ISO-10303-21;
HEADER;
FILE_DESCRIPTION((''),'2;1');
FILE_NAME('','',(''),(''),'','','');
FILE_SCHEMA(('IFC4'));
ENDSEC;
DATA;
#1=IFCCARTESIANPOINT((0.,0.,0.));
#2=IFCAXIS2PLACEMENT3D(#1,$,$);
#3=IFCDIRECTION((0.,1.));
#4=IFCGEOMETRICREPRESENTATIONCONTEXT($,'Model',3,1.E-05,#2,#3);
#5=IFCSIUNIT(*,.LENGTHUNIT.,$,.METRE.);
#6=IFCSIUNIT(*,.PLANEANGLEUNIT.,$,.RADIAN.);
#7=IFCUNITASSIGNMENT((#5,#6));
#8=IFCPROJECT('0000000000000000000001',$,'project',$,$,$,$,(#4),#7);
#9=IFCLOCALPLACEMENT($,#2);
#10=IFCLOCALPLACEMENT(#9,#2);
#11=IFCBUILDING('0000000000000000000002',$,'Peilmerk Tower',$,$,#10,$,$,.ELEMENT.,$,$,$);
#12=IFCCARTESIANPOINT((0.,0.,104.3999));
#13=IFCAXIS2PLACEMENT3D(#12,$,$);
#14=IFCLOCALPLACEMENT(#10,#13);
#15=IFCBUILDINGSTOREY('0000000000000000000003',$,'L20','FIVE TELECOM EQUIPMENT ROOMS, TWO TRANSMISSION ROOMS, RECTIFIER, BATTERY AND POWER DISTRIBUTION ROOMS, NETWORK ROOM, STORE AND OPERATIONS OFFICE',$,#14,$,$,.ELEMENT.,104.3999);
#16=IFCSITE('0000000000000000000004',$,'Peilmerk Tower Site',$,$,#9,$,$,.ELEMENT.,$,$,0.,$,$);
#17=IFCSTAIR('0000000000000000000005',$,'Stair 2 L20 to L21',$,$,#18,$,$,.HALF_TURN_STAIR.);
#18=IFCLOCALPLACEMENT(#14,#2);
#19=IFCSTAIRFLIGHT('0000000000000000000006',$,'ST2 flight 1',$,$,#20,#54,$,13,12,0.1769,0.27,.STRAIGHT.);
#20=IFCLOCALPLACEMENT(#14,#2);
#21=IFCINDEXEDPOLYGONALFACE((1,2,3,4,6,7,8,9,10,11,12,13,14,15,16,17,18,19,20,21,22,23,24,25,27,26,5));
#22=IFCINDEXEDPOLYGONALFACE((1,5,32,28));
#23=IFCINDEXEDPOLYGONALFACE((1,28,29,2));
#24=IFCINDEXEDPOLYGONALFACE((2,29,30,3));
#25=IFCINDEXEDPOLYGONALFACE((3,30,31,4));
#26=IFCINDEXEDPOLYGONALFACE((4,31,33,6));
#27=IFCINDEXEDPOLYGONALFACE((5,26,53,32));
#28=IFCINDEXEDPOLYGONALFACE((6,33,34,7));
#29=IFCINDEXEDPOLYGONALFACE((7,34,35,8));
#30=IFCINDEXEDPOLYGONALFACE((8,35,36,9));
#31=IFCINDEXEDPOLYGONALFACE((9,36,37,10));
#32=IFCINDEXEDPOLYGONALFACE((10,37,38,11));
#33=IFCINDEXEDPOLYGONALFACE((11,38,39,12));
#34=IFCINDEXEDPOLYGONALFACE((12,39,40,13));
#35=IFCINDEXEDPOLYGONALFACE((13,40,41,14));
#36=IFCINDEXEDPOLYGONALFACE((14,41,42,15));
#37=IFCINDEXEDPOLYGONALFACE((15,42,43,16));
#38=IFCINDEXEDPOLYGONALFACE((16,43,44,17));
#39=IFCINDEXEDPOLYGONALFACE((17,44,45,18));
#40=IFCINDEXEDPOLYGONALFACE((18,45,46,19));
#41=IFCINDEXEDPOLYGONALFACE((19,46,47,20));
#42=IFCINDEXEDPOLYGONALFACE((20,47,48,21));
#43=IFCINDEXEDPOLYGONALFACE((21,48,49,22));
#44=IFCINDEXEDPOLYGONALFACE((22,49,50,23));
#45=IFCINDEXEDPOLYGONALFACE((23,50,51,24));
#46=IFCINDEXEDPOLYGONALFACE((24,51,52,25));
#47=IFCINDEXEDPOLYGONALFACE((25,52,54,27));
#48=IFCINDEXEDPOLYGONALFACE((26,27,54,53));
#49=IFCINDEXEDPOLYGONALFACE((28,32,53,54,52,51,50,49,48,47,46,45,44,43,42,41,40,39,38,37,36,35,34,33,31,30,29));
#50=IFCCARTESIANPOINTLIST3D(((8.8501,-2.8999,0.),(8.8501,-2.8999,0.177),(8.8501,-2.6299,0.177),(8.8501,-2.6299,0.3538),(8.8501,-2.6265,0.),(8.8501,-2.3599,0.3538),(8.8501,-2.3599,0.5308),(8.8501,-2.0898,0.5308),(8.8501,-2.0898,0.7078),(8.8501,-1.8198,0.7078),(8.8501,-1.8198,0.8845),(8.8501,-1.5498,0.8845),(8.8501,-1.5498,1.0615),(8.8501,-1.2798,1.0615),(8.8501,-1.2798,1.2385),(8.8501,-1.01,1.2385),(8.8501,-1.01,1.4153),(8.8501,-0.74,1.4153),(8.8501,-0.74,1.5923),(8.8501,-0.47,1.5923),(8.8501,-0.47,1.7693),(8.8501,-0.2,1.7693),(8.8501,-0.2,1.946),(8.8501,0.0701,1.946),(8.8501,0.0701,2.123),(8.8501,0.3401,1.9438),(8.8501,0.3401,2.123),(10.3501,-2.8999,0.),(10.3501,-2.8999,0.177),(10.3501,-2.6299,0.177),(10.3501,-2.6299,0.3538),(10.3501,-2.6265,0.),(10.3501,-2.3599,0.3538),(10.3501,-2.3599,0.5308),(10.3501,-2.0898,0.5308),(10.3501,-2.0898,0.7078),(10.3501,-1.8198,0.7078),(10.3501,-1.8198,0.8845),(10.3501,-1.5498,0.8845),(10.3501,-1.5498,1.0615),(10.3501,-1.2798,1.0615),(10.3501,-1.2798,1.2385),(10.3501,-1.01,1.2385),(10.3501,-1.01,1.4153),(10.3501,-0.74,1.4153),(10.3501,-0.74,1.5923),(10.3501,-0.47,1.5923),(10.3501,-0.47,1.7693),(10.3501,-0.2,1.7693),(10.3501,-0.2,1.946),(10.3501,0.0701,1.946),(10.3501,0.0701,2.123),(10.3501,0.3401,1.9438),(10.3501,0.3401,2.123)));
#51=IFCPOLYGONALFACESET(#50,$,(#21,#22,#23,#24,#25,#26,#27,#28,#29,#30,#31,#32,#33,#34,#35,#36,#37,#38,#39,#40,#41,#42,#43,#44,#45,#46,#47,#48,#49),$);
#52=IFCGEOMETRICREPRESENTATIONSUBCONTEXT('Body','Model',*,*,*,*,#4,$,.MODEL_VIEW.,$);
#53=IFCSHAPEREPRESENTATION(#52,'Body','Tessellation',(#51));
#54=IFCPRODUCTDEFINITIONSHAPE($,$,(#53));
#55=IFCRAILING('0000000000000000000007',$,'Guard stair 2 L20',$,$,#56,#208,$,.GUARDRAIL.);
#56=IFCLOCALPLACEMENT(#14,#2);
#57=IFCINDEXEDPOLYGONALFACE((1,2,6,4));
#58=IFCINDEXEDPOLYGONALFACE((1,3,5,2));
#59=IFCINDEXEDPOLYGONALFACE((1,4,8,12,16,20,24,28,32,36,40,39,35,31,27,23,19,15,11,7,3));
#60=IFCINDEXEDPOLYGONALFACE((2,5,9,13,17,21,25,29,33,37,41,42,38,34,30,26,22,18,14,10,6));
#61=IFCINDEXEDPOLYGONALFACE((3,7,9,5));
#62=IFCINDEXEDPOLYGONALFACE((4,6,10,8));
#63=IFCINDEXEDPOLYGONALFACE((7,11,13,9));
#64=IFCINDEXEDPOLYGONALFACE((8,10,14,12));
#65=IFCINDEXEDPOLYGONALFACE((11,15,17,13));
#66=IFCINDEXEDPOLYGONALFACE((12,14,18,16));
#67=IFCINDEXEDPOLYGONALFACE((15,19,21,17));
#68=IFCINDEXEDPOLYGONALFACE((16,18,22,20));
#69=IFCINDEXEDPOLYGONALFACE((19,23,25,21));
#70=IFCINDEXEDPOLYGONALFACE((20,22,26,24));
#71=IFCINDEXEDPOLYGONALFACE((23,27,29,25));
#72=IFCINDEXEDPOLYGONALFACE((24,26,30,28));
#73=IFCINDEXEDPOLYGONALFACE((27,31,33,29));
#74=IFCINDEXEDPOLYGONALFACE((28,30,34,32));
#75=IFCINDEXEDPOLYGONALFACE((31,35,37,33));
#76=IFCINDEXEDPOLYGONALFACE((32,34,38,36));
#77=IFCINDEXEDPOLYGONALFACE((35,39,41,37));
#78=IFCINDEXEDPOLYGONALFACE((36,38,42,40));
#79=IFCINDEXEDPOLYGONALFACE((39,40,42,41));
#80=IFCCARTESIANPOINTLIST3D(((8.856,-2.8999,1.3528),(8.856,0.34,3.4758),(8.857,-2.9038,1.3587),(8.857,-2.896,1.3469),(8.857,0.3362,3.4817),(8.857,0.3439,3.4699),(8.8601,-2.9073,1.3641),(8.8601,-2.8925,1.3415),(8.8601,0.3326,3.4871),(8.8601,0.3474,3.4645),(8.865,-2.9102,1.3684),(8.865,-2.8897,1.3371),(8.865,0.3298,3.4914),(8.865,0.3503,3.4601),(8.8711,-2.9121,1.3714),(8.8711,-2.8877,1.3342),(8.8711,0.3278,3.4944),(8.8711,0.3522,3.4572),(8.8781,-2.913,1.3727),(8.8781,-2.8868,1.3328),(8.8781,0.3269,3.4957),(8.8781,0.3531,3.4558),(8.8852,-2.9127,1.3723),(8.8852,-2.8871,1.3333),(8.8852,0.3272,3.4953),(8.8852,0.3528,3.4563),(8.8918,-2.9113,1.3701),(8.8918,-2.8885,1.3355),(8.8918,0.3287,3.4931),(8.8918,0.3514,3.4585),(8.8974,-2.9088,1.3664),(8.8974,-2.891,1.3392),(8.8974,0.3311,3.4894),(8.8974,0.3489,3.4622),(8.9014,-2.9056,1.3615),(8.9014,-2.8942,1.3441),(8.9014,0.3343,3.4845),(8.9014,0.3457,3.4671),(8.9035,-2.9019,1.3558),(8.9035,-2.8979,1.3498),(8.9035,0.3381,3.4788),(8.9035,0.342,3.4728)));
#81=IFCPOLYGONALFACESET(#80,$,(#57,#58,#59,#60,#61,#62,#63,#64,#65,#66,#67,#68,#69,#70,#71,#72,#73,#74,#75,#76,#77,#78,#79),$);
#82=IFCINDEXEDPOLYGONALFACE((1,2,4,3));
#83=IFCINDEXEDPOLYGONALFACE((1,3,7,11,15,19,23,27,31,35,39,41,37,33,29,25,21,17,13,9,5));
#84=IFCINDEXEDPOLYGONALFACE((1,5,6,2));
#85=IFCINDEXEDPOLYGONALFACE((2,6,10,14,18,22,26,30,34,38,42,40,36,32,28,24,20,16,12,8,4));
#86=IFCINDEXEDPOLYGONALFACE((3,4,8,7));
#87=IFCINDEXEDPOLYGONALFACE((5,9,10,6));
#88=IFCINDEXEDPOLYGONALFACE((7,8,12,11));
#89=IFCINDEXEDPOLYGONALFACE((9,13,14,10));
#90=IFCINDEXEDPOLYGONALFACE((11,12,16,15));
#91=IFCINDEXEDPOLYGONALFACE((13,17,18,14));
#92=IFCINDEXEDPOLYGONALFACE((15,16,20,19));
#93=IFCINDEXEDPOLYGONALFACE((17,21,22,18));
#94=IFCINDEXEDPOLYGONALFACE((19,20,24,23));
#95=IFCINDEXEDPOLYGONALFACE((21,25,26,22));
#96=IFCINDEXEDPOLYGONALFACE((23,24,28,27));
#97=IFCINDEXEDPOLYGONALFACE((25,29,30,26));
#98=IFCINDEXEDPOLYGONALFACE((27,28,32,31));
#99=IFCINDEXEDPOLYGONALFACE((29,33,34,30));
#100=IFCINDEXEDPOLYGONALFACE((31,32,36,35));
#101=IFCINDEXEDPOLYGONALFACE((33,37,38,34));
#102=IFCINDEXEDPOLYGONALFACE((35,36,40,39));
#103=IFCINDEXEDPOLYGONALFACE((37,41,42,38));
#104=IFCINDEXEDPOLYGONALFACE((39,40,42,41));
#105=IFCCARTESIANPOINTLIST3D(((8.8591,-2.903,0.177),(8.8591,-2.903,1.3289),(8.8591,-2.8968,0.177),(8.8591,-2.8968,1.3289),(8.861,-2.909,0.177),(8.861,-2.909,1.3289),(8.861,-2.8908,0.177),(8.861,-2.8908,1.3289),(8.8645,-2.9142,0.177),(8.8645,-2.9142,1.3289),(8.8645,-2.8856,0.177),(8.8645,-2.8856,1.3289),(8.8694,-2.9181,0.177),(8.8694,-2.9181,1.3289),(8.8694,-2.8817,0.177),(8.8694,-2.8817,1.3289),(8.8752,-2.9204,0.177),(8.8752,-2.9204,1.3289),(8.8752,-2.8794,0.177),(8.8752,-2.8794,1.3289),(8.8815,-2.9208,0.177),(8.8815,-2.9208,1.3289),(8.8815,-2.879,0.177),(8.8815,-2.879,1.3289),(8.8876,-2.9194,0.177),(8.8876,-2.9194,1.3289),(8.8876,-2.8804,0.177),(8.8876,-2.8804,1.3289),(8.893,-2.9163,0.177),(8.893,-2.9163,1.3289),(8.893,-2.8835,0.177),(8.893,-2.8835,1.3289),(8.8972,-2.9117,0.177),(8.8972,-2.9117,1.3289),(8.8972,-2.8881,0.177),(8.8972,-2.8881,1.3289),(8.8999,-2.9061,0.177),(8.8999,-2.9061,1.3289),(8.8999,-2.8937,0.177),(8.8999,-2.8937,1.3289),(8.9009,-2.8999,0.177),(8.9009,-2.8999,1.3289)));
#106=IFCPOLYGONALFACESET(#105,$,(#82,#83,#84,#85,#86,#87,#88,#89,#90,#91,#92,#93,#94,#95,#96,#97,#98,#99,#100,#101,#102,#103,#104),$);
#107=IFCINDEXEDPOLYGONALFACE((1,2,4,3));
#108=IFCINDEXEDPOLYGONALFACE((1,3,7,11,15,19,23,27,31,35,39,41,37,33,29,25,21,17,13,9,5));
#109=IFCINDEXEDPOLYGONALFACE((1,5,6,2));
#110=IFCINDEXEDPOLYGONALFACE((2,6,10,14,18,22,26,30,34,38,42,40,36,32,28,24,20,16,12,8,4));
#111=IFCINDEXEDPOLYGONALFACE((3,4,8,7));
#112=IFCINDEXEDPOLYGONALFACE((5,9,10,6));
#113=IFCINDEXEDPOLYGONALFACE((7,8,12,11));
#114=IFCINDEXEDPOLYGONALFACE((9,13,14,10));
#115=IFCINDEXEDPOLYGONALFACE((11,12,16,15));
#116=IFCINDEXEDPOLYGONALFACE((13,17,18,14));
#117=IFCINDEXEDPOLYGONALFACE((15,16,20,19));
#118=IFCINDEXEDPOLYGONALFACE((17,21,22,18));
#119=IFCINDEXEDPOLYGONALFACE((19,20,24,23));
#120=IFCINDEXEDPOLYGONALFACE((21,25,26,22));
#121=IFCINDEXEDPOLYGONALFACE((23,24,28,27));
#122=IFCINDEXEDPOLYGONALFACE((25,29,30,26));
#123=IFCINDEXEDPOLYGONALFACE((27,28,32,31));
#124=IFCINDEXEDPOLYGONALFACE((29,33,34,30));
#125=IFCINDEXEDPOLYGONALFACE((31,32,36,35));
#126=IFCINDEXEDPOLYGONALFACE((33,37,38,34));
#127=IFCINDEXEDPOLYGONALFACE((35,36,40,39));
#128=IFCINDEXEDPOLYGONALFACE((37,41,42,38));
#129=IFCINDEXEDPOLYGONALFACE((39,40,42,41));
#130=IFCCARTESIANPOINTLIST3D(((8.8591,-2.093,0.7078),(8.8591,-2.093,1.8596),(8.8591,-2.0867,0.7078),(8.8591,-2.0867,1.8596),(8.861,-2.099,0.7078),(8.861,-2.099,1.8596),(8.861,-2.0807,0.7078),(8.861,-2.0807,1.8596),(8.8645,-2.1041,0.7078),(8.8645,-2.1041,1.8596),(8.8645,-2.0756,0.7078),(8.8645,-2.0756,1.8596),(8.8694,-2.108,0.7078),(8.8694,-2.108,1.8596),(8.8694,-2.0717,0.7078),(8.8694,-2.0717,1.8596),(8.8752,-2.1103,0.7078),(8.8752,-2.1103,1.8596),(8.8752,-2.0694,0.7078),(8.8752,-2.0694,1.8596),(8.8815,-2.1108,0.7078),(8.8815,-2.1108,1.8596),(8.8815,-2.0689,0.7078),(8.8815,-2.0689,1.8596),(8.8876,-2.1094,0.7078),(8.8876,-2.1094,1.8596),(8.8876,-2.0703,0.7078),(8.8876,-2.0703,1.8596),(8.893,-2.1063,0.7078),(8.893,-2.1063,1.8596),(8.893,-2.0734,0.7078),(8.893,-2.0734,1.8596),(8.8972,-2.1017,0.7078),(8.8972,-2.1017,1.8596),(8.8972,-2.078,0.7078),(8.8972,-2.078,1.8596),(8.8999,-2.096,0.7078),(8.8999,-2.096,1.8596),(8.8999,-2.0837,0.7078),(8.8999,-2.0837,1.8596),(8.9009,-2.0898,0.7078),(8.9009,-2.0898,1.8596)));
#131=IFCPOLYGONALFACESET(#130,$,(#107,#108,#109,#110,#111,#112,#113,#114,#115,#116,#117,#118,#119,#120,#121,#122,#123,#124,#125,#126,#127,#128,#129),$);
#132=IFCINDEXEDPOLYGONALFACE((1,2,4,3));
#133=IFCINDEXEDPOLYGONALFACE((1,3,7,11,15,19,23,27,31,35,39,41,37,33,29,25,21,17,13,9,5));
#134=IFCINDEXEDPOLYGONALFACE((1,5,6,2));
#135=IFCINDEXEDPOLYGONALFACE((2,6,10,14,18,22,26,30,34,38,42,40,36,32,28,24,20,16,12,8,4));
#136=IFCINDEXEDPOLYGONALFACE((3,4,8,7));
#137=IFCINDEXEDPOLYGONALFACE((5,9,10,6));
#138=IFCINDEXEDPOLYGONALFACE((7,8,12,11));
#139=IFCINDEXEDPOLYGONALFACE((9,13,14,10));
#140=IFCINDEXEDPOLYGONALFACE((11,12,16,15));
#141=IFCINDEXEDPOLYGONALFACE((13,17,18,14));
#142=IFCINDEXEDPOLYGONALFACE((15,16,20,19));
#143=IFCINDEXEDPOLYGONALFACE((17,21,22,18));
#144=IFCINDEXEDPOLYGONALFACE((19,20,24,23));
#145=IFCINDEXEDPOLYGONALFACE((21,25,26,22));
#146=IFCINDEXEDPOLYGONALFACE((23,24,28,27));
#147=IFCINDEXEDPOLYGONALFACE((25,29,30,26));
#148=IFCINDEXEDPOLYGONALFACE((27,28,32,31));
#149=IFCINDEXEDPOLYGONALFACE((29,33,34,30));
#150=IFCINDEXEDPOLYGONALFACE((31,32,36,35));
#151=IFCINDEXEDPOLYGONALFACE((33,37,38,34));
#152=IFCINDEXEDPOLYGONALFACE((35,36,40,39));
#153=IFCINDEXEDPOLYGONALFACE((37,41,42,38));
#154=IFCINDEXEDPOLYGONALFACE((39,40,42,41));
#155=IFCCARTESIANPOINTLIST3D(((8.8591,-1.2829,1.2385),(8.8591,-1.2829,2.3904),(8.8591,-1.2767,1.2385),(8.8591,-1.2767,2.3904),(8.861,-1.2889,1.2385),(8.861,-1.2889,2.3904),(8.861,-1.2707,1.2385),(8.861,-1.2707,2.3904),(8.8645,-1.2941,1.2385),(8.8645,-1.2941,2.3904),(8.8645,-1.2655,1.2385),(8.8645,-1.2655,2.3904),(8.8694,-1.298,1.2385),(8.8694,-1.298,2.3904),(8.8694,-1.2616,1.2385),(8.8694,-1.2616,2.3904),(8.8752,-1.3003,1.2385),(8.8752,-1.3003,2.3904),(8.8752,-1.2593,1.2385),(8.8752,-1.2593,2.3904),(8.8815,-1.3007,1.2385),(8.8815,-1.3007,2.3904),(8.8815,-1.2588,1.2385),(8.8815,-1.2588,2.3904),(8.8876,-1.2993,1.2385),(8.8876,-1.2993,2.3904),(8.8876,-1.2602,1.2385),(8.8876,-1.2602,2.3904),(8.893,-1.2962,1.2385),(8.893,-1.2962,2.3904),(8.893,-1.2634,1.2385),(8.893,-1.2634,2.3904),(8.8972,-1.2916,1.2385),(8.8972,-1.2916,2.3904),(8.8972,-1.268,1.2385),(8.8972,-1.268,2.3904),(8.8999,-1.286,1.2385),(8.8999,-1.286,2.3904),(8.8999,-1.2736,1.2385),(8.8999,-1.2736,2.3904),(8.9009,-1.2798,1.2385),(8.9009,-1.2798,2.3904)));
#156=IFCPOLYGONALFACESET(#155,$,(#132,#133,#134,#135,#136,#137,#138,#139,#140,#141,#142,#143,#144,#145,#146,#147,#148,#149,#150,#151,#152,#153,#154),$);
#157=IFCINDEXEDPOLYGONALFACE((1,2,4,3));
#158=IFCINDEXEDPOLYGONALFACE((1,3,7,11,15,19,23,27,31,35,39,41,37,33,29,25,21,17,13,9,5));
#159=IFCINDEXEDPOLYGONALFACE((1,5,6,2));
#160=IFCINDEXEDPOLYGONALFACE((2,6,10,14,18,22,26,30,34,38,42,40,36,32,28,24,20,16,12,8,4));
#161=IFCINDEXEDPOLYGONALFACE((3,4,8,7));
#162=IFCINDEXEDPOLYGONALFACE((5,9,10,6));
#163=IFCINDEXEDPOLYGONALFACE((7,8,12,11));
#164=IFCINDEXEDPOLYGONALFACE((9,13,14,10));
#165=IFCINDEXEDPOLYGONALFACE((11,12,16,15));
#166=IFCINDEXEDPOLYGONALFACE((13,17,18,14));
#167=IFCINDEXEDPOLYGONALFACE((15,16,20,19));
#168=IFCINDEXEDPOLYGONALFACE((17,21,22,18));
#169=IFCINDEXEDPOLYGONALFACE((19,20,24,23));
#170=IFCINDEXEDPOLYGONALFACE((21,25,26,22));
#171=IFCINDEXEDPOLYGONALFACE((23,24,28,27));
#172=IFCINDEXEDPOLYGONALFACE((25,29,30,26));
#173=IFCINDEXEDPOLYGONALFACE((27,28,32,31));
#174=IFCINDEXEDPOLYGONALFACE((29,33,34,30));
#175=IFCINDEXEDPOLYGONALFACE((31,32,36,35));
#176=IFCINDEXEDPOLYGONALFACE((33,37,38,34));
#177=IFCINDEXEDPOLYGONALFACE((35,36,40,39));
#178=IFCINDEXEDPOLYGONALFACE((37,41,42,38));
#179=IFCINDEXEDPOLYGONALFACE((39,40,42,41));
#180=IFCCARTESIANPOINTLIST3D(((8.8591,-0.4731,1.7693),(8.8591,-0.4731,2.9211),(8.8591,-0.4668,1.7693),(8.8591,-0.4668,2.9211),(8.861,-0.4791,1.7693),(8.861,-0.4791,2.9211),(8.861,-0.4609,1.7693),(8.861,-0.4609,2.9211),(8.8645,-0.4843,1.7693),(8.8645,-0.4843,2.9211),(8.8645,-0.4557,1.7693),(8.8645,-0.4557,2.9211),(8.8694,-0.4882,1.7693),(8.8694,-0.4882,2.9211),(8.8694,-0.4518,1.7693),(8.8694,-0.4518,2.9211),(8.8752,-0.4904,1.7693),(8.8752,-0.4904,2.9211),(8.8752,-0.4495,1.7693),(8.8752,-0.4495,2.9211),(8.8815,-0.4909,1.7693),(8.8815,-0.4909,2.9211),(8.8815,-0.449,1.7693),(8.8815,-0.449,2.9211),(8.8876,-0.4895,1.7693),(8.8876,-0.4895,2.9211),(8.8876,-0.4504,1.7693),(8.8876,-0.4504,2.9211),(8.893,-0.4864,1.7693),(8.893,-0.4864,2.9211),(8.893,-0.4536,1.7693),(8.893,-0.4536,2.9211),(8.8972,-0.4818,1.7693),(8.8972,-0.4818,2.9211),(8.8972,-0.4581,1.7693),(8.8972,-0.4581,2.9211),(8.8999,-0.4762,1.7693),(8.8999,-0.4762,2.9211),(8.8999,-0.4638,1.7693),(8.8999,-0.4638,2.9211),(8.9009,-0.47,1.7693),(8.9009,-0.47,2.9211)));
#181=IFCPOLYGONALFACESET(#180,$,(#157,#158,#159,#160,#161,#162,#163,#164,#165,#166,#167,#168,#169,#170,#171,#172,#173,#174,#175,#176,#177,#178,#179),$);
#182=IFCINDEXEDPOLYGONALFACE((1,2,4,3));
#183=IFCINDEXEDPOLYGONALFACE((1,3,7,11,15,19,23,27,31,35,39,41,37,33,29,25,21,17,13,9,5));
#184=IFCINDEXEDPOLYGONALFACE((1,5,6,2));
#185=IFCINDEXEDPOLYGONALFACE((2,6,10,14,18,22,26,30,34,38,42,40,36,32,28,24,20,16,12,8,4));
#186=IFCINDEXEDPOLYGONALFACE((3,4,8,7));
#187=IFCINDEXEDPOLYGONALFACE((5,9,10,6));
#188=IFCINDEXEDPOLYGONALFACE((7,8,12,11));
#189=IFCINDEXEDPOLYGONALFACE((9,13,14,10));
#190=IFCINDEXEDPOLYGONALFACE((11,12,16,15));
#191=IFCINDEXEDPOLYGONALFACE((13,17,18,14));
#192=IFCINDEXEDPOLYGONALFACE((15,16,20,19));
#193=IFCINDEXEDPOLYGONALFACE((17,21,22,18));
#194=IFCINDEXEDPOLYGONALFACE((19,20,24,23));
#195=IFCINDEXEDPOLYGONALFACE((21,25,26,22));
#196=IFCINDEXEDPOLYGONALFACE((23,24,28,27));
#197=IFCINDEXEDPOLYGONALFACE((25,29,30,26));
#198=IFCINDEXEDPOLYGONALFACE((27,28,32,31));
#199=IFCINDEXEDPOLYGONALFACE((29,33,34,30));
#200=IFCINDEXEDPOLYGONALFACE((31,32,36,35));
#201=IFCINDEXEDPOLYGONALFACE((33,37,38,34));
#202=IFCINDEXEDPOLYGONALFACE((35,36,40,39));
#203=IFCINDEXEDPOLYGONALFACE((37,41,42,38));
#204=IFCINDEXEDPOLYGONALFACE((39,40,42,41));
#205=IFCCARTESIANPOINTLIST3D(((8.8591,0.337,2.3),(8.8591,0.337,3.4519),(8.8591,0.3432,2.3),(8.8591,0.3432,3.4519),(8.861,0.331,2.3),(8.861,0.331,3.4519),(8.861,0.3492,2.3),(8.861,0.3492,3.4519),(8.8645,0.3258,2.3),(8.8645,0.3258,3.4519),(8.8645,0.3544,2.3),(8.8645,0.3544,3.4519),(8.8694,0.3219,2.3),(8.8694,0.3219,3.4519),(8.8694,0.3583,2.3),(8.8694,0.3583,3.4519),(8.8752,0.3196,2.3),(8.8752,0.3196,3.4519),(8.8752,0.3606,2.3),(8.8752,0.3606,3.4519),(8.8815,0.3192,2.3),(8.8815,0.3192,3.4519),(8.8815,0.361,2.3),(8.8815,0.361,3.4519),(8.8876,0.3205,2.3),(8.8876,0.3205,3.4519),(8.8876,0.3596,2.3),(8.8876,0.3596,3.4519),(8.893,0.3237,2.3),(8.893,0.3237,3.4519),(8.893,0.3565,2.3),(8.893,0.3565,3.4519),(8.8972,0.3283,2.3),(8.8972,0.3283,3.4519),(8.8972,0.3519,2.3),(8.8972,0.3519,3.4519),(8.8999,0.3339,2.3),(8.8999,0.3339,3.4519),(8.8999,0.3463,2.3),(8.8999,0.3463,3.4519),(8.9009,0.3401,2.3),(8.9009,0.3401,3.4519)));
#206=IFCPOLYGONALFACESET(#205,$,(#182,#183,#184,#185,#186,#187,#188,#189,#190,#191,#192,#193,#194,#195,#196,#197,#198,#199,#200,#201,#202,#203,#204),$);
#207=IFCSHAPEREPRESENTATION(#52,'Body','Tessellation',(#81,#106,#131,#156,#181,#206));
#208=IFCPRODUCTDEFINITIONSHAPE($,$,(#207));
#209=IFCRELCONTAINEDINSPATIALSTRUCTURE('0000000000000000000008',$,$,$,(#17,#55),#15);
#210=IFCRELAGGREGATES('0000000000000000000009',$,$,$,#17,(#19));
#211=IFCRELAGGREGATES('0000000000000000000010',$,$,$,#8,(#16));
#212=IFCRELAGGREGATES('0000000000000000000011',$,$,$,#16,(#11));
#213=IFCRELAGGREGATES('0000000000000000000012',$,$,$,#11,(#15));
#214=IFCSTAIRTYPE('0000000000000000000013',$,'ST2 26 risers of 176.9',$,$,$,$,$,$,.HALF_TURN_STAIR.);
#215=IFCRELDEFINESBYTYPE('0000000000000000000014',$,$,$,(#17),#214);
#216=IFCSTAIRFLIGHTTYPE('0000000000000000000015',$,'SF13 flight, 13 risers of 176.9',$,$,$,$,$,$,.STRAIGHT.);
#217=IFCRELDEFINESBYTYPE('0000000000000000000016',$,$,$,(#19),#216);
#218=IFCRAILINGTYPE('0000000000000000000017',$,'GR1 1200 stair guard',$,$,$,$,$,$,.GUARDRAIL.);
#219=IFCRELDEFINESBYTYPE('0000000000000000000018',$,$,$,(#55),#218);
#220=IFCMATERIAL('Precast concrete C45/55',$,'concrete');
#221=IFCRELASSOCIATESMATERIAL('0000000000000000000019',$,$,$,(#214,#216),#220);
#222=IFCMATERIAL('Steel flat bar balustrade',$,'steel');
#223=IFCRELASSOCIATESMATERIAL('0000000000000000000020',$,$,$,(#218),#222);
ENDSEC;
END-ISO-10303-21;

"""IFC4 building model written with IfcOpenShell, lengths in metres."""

from ifc_helpers import new_model, si_unit, direction, frame, origin, origin_2d, place, context, subcontext, project, spatial, polyline, circle, outline, extrude, material, type_object, element, aggregate, save


model = new_model("IFC4")

# Units and contexts
model_context = context("Model", 3, precision=1e-05, world=origin(), true_north=direction((0.0, 1.0)))
body_context = subcontext(model_context, "Body", "Model", "MODEL_VIEW")
ifc_project = project(units=[si_unit("LENGTHUNIT", "METRE"), si_unit("PLANEANGLEUNIT", "RADIAN")], contexts=[model_context])

# Site, building, storey
site_placement = place(None, origin())
site = spatial("IfcSite", under=ifc_project, at=site_placement, Name="Peilmerk Tower Site", CompositionType="ELEMENT", RefElevation=0.0)
building_placement = place(site_placement, origin())
building = spatial("IfcBuilding", under=site, at=building_placement, Name="Peilmerk Tower", CompositionType="ELEMENT")
storey_placement = place(building_placement, frame((0.0, 0.0, 104.3999)))
storey = spatial("IfcBuildingStorey", under=building, at=storey_placement, Name="L20", Description="FIVE TELECOM EQUIPMENT ROOMS, TWO TRANSMISSION ROOMS, RECTIFIER, BATTERY AND POWER DISTRIBUTION ROOMS, NETWORK ROOM, STORE AND OPERATIONS OFFICE", CompositionType="ELEMENT", Elevation=104.3999)

# Stair, stair flight
ifc_material_1 = material(Name="Precast concrete C45/55", Category="concrete")
stair_type = type_object("IfcStairType", Name="ST2 26 risers of 176.9", PredefinedType="HALF_TURN_STAIR", material=ifc_material_1)
stair_placement = place(storey_placement, origin())
stair = element("IfcStair", 1, at=stair_placement, inside=storey, type_object=stair_type, Name="Stair 2 L20 to L21", PredefinedType="HALF_TURN_STAIR")
stair_flight_type = type_object("IfcStairFlightType", Name="SF13 flight, 13 risers of 176.9", PredefinedType="STRAIGHT", material=ifc_material_1)
stair_flight_placement = place(storey_placement, frame((9.6001, -2.8999, 0.0), z_axis=(0.0, 0.0, 1.0), x_axis=(0.0, 1.0, 0.0)))
stair_flight = element("IfcStairFlight", 2, at=stair_flight_placement, type_object=stair_flight_type, Name="ST2 flight 1", NumberOfRisers=13, NumberOfTreads=12, PredefinedType="STRAIGHT", RiserHeight=0.1769, TreadLength=0.27, context=body_context, shape_type="SweptSolid", body=[
    extrude(outline(polyline([(0.0, 0.0), (0.0, 0.177), (0.27, 0.177), (0.27, 0.3538), (0.54, 0.3538), (0.54, 0.5308), (0.8101, 0.5308), (0.8101, 0.7078), (1.0801, 0.7078), (1.0801, 0.8845), (1.3501, 0.8845), (1.3501, 1.0615), (1.6201, 1.0615), (1.6201, 1.2385), (1.8899, 1.2385), (1.8899, 1.4153), (2.1599, 1.4153), (2.1599, 1.5923), (2.4299, 1.5923), (2.4299, 1.7693), (2.7, 1.7693), (2.7, 1.946), (2.97, 1.946), (2.97, 2.123), (3.24, 2.123), (3.24, 2.3), (3.24, 1.9438), (0.2734, 0.0), (0.0, 0.0)])), frame((0.0, 0.75, 0.0), z_axis=(0.0, -1.0, 0.0), x_axis=(1.0, 0.0, 0.0)), (0.0, 0.0, 1.0), 1.5),
])
aggregate(stair, [stair_flight])

# Railing
ifc_material_2 = material(Name="Steel flat bar balustrade", Category="steel")
railing_type_1 = type_object("IfcRailingType", Name="GR1 1200 stair guard", PredefinedType="GUARDRAIL", material=ifc_material_2)
railing_1_placement = place(storey_placement, frame((8.8799, -2.8999, 0.177)))
element("IfcRailing", 3, at=railing_1_placement, inside=storey, type_object=railing_type_1, Name="Guard stair 2 L20", PredefinedType="GUARDRAIL", context=body_context, shape_type="SweptSolid", body=[
    extrude(circle(Radius=0.0239, at=origin_2d()), frame((0.0, 0.0, 1.1758), z_axis=(0.0, 0.836426, 0.548079), x_axis=(-1.0, 0.0, 0.0)), (0.0, 0.0, 1.0), 3.8735),
    extrude(circle(Radius=0.021, at=origin_2d()), origin(), (0.0, 0.0, 1.0), 1.1519),
    extrude(circle(Radius=0.021, at=origin_2d()), frame((0.0, 0.8101, 0.5308)), (0.0, 0.0, 1.0), 1.1519),
    extrude(circle(Radius=0.021, at=origin_2d()), frame((0.0, 1.6201, 1.0615)), (0.0, 0.0, 1.0), 1.1519),
    extrude(circle(Radius=0.021, at=origin_2d()), frame((0.0, 2.4299, 1.5923)), (0.0, 0.0, 1.0), 1.1519),
    extrude(circle(Radius=0.021, at=origin_2d()), frame((0.0, 3.24, 2.123)), (0.0, 0.0, 1.0), 1.1519),
])

save(model, "model.ifc")
